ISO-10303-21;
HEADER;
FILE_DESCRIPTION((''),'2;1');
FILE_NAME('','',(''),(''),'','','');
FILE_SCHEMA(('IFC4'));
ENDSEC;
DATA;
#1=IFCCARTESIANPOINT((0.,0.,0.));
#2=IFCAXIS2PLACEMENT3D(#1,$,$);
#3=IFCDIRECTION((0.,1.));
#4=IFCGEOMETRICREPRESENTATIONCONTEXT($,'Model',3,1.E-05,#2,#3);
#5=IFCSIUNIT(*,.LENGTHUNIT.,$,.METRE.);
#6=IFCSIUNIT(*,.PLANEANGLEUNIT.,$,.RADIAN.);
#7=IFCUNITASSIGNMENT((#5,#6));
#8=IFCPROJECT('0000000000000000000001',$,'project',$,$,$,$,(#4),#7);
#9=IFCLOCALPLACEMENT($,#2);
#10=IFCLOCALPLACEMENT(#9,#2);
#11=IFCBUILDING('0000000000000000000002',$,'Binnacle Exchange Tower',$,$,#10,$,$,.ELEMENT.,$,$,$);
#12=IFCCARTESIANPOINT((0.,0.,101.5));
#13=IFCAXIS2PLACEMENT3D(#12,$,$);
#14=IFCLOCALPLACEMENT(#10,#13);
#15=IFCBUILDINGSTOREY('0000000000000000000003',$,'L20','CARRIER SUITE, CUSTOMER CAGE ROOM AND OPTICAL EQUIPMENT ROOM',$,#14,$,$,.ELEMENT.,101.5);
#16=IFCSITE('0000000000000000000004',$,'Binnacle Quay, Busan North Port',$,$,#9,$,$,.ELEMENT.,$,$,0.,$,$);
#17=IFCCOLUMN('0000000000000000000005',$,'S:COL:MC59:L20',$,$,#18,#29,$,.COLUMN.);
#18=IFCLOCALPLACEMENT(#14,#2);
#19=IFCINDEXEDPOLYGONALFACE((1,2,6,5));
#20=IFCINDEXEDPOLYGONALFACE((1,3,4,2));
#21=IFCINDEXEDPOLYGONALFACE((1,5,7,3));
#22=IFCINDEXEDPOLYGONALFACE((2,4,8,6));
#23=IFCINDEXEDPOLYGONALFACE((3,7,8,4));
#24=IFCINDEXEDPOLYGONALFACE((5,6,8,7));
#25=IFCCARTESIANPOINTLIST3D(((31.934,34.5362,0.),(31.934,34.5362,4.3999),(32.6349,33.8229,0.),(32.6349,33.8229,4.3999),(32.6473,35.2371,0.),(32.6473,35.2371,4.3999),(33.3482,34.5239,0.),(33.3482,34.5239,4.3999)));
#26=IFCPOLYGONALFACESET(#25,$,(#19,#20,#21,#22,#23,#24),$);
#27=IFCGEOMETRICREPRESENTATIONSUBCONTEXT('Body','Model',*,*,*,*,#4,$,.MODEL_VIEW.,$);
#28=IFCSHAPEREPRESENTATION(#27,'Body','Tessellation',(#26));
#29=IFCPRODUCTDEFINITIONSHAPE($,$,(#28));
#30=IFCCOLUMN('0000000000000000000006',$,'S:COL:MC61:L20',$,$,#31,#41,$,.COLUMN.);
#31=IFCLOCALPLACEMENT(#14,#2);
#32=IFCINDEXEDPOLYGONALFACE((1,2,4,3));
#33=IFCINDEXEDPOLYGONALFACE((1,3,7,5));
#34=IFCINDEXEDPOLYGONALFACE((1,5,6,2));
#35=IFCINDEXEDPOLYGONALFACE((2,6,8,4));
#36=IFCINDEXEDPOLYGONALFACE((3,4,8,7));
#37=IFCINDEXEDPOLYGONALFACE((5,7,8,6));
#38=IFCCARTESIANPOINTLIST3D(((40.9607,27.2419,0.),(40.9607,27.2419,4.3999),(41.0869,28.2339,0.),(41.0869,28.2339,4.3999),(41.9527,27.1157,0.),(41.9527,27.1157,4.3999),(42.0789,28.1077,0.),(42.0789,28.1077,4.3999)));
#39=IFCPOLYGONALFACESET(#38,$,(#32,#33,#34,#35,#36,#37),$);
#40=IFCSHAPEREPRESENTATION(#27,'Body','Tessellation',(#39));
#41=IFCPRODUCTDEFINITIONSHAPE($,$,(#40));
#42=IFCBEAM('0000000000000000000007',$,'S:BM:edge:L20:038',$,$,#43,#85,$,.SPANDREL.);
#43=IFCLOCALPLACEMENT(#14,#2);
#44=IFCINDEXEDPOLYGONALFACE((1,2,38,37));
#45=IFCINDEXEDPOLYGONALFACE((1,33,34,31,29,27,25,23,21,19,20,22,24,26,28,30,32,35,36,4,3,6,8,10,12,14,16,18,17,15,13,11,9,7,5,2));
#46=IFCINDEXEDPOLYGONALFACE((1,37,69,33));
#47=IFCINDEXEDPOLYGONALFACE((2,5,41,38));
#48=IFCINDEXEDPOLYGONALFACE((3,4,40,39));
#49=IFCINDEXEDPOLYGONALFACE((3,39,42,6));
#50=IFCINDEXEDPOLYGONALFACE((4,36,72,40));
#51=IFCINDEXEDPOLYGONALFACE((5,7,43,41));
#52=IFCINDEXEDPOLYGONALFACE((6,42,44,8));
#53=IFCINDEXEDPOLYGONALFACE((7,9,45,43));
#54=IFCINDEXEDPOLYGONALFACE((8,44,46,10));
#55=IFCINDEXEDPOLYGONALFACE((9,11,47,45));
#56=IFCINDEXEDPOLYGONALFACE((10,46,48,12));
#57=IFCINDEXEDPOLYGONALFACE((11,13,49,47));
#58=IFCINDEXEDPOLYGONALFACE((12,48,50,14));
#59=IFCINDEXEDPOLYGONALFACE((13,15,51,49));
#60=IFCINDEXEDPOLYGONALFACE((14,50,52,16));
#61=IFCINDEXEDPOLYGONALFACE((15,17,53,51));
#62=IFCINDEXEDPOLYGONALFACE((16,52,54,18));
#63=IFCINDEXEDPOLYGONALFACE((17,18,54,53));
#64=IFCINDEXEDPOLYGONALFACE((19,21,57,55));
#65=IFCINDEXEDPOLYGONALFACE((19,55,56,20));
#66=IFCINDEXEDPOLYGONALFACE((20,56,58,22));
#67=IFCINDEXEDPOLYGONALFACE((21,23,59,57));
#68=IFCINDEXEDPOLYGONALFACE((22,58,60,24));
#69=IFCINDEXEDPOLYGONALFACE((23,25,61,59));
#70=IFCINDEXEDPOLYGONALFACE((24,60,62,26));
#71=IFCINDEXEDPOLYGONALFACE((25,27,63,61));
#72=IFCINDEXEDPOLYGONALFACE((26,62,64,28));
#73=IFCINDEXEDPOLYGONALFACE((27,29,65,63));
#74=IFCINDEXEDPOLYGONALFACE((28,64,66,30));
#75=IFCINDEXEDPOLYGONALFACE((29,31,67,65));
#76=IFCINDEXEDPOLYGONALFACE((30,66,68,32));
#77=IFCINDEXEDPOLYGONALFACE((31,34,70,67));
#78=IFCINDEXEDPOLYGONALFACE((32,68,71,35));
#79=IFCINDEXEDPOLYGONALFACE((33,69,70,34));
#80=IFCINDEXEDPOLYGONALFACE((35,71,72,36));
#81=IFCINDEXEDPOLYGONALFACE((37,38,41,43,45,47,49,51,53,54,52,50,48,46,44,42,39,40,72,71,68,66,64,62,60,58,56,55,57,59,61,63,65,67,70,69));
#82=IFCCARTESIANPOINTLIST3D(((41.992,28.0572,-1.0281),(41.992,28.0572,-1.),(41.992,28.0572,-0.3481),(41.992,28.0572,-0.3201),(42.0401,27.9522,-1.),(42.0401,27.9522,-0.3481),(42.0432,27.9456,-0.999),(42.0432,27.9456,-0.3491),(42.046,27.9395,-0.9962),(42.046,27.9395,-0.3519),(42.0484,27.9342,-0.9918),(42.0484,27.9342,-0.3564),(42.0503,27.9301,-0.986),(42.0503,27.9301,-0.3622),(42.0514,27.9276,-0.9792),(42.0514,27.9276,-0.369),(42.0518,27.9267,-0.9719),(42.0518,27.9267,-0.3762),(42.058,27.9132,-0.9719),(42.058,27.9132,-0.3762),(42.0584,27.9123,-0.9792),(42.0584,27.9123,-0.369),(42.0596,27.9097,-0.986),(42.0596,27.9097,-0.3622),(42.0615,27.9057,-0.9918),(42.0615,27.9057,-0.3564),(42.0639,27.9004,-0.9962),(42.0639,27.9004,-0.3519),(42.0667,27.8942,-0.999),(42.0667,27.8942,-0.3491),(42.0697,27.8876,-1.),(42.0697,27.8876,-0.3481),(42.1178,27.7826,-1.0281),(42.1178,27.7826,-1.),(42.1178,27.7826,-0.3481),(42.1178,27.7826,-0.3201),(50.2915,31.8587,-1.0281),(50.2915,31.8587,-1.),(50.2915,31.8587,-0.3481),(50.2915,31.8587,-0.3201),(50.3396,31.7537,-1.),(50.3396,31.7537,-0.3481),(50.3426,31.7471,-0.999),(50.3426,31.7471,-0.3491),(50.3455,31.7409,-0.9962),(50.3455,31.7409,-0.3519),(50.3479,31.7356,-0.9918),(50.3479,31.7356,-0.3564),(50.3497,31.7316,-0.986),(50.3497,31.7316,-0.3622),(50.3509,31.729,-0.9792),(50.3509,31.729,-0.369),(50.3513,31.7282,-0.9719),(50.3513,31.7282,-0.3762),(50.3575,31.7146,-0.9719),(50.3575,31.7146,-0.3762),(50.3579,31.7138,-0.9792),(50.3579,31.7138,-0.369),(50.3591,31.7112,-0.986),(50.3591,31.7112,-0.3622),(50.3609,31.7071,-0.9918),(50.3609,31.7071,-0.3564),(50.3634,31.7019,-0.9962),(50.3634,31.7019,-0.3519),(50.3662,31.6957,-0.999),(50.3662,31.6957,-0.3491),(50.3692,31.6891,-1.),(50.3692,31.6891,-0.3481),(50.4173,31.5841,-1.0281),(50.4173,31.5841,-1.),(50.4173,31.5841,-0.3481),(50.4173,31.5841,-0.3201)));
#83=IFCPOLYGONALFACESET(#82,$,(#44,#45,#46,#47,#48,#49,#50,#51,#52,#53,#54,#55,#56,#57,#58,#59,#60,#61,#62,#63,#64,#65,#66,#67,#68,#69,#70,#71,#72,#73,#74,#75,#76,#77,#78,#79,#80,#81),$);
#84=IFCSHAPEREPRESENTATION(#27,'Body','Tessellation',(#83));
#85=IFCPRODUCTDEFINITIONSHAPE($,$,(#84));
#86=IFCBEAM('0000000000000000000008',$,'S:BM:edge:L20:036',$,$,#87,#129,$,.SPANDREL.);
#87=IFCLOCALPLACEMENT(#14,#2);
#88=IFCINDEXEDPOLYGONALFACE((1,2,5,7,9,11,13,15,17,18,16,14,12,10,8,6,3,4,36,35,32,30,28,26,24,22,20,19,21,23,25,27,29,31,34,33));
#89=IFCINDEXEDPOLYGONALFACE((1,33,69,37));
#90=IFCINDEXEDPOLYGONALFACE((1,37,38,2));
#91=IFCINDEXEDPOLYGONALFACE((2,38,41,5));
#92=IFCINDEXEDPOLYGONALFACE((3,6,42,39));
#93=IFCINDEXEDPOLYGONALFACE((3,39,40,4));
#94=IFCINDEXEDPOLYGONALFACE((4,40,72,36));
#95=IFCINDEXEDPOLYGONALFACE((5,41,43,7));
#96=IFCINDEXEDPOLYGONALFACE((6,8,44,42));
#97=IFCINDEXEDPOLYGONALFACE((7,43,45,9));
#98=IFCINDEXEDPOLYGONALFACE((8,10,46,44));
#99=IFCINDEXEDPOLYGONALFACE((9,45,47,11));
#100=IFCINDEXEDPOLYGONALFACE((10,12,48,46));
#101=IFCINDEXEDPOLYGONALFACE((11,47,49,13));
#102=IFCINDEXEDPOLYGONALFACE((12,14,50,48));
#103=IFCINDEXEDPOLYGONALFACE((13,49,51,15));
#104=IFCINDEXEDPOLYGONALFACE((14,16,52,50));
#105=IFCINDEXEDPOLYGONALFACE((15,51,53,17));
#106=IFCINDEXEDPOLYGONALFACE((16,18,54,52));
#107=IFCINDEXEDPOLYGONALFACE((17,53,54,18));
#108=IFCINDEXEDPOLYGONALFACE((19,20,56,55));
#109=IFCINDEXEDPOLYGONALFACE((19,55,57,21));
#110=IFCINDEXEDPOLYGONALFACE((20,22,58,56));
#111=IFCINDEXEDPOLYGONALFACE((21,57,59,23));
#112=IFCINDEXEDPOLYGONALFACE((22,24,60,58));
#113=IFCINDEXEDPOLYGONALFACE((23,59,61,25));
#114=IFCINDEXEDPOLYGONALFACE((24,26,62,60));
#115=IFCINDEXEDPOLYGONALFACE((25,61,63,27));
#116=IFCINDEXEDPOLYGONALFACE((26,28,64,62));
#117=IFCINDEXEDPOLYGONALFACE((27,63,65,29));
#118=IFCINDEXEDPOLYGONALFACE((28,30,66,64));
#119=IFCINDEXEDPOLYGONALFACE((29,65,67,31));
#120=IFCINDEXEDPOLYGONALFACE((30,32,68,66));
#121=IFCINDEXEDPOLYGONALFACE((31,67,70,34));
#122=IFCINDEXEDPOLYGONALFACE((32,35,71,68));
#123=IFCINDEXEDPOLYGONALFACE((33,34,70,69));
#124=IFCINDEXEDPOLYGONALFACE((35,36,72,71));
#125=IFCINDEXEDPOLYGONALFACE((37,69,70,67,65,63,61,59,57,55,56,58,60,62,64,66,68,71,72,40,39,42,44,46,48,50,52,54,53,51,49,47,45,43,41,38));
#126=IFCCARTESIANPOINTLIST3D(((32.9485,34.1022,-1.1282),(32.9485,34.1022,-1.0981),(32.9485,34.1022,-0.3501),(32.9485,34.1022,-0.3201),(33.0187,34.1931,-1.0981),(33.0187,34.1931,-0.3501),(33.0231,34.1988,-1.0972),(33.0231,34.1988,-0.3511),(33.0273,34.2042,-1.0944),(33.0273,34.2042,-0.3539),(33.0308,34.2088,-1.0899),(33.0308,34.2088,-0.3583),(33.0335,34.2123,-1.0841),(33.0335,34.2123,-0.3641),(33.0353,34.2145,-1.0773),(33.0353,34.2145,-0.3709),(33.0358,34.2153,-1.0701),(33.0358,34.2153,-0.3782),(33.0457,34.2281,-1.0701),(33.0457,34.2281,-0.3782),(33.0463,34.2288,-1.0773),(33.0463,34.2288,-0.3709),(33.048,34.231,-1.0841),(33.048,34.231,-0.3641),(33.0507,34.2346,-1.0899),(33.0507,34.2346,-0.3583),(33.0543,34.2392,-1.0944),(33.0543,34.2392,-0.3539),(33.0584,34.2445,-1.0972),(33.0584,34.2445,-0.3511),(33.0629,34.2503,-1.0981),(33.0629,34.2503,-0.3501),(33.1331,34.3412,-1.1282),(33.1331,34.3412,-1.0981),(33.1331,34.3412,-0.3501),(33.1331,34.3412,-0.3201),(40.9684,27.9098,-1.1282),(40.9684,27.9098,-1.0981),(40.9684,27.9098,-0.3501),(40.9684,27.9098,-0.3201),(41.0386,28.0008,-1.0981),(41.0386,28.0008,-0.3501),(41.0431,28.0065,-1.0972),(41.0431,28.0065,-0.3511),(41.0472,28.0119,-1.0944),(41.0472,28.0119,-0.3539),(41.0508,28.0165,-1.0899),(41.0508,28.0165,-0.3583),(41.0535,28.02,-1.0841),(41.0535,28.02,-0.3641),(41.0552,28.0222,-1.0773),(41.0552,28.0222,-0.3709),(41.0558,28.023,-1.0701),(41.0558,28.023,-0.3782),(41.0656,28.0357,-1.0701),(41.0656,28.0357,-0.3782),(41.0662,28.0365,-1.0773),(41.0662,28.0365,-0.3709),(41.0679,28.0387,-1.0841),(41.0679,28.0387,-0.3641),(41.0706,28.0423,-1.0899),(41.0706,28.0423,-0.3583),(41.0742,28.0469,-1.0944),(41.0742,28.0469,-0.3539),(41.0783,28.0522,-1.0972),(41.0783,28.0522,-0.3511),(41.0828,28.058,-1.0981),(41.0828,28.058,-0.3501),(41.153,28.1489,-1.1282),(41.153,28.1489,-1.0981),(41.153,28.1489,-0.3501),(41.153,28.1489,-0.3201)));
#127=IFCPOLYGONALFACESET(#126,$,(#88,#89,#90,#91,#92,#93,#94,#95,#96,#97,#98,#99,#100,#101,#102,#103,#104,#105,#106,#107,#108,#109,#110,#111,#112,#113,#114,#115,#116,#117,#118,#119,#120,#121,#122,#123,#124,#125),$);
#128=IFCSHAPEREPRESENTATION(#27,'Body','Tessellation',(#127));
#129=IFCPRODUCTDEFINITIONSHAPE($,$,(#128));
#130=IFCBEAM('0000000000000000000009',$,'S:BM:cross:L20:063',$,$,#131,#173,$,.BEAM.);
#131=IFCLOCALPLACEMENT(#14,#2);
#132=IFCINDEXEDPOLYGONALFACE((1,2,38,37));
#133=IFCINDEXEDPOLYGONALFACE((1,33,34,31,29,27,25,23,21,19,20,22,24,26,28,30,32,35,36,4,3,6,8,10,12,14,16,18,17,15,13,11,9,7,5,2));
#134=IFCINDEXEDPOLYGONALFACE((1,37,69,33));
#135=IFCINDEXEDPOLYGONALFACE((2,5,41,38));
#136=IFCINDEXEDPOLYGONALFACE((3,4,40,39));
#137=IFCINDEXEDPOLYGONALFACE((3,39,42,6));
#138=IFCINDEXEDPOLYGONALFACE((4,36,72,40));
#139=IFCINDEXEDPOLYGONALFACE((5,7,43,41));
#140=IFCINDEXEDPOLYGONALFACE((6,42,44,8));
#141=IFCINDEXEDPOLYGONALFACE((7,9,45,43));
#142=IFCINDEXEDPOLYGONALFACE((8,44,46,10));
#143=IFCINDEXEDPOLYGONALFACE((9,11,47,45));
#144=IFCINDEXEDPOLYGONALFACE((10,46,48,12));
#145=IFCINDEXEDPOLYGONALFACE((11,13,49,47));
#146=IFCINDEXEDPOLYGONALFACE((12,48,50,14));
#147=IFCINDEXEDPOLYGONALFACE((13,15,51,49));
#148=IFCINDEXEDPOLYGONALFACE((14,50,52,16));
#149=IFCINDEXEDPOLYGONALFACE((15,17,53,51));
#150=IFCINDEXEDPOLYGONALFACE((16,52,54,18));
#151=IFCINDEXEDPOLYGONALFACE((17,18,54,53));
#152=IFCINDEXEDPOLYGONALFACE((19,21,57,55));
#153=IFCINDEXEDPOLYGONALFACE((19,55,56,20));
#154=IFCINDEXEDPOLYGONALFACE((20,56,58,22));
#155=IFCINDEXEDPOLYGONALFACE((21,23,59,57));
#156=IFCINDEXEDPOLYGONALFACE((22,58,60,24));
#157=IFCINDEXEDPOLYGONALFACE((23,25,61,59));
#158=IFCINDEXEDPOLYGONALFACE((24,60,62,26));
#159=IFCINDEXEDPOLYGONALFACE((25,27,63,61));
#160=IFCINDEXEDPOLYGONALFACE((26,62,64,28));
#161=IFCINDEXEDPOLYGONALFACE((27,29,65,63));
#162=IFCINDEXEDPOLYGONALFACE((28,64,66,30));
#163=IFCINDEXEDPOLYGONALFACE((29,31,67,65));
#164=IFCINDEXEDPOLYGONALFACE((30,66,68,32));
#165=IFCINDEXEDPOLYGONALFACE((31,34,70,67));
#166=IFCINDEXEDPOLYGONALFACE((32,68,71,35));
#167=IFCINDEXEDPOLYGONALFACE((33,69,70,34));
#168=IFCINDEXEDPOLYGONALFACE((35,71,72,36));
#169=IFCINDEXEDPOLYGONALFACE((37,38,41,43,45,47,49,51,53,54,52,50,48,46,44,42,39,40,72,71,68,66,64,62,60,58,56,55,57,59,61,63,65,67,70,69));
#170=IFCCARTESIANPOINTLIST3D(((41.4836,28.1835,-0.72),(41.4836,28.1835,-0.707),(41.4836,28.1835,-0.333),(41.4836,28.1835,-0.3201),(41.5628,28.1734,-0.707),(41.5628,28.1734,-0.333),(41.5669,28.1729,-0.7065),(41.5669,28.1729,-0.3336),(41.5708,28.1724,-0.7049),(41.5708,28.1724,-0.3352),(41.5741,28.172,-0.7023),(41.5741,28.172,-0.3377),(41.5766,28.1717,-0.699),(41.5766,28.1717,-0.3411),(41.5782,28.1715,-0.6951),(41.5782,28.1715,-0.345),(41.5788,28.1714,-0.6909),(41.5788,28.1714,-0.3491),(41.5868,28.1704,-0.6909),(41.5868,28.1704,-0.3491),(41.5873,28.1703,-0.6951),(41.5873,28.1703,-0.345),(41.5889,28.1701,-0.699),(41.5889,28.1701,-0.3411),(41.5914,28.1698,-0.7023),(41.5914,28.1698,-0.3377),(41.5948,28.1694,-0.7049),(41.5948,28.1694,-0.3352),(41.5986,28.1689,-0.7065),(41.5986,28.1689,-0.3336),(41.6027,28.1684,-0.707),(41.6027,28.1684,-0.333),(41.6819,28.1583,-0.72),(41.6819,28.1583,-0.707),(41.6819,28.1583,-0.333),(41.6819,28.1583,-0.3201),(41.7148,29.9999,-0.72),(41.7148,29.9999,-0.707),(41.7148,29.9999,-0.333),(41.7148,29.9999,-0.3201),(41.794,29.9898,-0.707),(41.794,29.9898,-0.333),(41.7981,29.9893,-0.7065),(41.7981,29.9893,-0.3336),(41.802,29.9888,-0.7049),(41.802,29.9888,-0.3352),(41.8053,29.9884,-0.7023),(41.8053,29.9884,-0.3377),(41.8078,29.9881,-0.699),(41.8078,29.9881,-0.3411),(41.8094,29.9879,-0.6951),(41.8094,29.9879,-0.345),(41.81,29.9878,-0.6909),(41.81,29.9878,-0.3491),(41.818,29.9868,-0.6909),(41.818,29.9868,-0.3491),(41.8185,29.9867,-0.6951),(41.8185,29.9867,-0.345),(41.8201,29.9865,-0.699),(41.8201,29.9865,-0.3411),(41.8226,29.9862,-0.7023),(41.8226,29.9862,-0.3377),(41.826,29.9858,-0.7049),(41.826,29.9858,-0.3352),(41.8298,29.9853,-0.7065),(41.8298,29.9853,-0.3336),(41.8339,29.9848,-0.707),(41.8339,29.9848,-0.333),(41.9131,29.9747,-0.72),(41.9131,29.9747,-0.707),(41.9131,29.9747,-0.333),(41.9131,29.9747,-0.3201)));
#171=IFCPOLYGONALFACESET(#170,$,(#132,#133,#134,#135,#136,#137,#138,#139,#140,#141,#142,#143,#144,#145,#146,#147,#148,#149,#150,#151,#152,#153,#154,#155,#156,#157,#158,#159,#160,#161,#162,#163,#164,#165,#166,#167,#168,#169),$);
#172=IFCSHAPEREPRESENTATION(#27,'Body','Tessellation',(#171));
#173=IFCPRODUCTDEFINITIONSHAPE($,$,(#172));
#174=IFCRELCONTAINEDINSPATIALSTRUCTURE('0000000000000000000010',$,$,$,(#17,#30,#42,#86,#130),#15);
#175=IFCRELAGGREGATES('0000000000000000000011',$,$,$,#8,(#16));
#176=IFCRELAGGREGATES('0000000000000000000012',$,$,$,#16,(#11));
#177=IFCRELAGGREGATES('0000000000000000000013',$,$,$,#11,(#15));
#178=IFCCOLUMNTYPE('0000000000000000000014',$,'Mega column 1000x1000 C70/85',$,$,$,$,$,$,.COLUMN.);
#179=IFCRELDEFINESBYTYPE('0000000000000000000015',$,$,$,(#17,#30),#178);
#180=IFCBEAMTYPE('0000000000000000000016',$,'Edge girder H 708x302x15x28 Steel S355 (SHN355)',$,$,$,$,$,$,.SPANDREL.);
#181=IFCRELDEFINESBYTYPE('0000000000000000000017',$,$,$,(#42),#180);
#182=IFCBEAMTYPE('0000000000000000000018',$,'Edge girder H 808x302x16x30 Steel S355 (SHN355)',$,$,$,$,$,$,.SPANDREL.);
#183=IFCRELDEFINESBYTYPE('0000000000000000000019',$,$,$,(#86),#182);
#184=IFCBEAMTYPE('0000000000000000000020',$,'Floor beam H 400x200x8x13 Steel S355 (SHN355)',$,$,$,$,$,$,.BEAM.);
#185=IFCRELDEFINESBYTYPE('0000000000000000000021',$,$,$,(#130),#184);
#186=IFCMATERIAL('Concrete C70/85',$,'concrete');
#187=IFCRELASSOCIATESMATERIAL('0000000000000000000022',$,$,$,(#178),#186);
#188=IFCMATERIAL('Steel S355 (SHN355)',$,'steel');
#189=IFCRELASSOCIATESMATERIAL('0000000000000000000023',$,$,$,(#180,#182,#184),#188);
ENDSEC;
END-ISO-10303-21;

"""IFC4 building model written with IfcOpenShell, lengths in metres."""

from ifc_helpers import new_model, si_unit, direction, frame, origin, origin_2d, place, context, subcontext, project, spatial, rectangle, i_section, extrude, material, material_profile, profile_set, type_object, element, save


model = new_model("IFC4")

# Units and contexts
model_context = context("Model", 3, precision=1e-05, world=origin(), true_north=direction((0.0, 1.0)))
body_context = subcontext(model_context, "Body", "Model", "MODEL_VIEW")
ifc_project = project(units=[si_unit("LENGTHUNIT", "METRE"), si_unit("PLANEANGLEUNIT", "RADIAN")], contexts=[model_context])

# Site, building, storey
site_placement = place(None, origin())
site = spatial("IfcSite", under=ifc_project, at=site_placement, Name="Binnacle Quay, Busan North Port", CompositionType="ELEMENT", RefElevation=0.0)
building_placement = place(site_placement, origin())
building = spatial("IfcBuilding", under=site, at=building_placement, Name="Binnacle Exchange Tower", CompositionType="ELEMENT")
storey_placement = place(building_placement, frame((0.0, 0.0, 101.5)))
storey = spatial("IfcBuildingStorey", under=building, at=storey_placement, Name="L20", Description="CARRIER SUITE, CUSTOMER CAGE ROOM AND OPTICAL EQUIPMENT ROOM", CompositionType="ELEMENT", Elevation=101.5)

# Columns
ifc_material_1 = material(Name="Concrete C70/85", Category="concrete")
ifc_material_profile_1 = material_profile(ifc_material_1, rectangle(XDim=1.0, YDim=1.0, at=origin_2d()), Name="Mega column 1000x1000 C70/85")
ifc_profile_set_1 = profile_set([ifc_material_profile_1], Name="Concrete C70/85")
column_type = type_object("IfcColumnType", Name="Mega column 1000x1000 C70/85", PredefinedType="COLUMN", material=ifc_profile_set_1)
for number, where, z_axis, x_axis, name in (
    (1, (32.6411, 34.53, 0.0), (0.0, 0.0, 1.0), (0.700909, -0.71325, 0.0), "S:COL:MC59:L20"),
    (2, (41.5198, 27.6748, 0.0), (0.0, 0.0, 1.0), (0.992005, -0.126199, 0.0), "S:COL:MC61:L20"),
):
    element("IfcColumn", number, at=place(storey_placement, frame(where, z_axis=z_axis, x_axis=x_axis)), inside=storey, type_object=column_type, Name=name, PredefinedType="COLUMN", context=body_context, shape_type="SweptSolid", body=[
        extrude(rectangle(XDim=1.0, YDim=1.0, at=origin_2d()), origin(), (0.0, 0.0, 1.0), 4.3999),
    ])

# Beams
ifc_material_2 = material(Name="Steel S355 (SHN355)", Category="steel")
ifc_material_profile_2 = material_profile(ifc_material_2, i_section(OverallWidth=0.302, OverallDepth=0.708, WebThickness=0.0149, FlangeThickness=0.0281, FilletRadius=0.0281, at=origin_2d()), Name="H 708x302x15x28")
ifc_profile_set_2 = profile_set([ifc_material_profile_2], Name="Steel S355 (SHN355)")
beam_type_1 = type_object("IfcBeamType", Name="Edge girder H 708x302x15x28 Steel S355 (SHN355)", PredefinedType="SPANDREL", material=ifc_profile_set_2)
beam_1_placement = place(storey_placement, frame((42.0549, 27.9199, -0.6741), z_axis=(0.909167, 0.416433, 0.0), x_axis=(-0.416433, 0.909167, 0.0)))
element("IfcBeam", 3, at=beam_1_placement, inside=storey, type_object=beam_type_1, Name="S:BM:edge:L20:038", PredefinedType="SPANDREL", context=body_context, shape_type="SweptSolid", body=[
    extrude(i_section(OverallWidth=0.302, OverallDepth=0.708, WebThickness=0.0149, FlangeThickness=0.0281, FilletRadius=0.0281, at=origin_2d()), origin(), (0.0, 0.0, 1.0), 9.1287),
])
ifc_material_profile_3 = material_profile(ifc_material_2, i_section(OverallWidth=0.302, OverallDepth=0.8081, WebThickness=0.0161, FlangeThickness=0.03, FilletRadius=0.0281, at=origin_2d()), Name="H 808x302x16x30")
ifc_profile_set_3 = profile_set([ifc_material_profile_3], Name="Steel S355 (SHN355)")
beam_type_2 = type_object("IfcBeamType", Name="Edge girder H 808x302x16x30 Steel S355 (SHN355)", PredefinedType="SPANDREL", material=ifc_profile_set_3)
beam_2_placement = place(storey_placement, frame((33.0408, 34.2217, -0.7241), z_axis=(0.791519, -0.611144, 0.0), x_axis=(0.611144, 0.791519, 0.0)))
element("IfcBeam", 4, at=beam_2_placement, inside=storey, type_object=beam_type_2, Name="S:BM:edge:L20:036", PredefinedType="SPANDREL", context=body_context, shape_type="SweptSolid", body=[
    extrude(i_section(OverallWidth=0.302, OverallDepth=0.8081, WebThickness=0.0161, FlangeThickness=0.03, FilletRadius=0.0281, at=origin_2d()), origin(), (0.0, 0.0, 1.0), 10.1323),
])
ifc_material_profile_4 = material_profile(ifc_material_2, i_section(OverallWidth=0.2, OverallDepth=0.3999, WebThickness=0.0081, FlangeThickness=0.0129, FilletRadius=0.0161, at=origin_2d()), Name="H 400x200x8x13")
ifc_profile_set_4 = profile_set([ifc_material_profile_4], Name="Steel S355 (SHN355)")
beam_type_3 = type_object("IfcBeamType", Name="Floor beam H 400x200x8x13 Steel S355 (SHN355)", PredefinedType="BEAM", material=ifc_profile_set_4)
beam_3_placement = place(storey_placement, frame((41.5828, 28.1709, -0.52), z_axis=(0.126266, 0.991996, 0.0), x_axis=(-0.991996, 0.126266, 0.0)))
element("IfcBeam", 5, at=beam_3_placement, inside=storey, type_object=beam_type_3, Name="S:BM:cross:L20:063", PredefinedType="BEAM", context=body_context, shape_type="SweptSolid", body=[
    extrude(i_section(OverallWidth=0.2, OverallDepth=0.3999, WebThickness=0.0081, FlangeThickness=0.0129, FilletRadius=0.0161, at=origin_2d()), origin(), (0.0, 0.0, 1.0), 1.8311),
])

save(model, "model.ifc")
